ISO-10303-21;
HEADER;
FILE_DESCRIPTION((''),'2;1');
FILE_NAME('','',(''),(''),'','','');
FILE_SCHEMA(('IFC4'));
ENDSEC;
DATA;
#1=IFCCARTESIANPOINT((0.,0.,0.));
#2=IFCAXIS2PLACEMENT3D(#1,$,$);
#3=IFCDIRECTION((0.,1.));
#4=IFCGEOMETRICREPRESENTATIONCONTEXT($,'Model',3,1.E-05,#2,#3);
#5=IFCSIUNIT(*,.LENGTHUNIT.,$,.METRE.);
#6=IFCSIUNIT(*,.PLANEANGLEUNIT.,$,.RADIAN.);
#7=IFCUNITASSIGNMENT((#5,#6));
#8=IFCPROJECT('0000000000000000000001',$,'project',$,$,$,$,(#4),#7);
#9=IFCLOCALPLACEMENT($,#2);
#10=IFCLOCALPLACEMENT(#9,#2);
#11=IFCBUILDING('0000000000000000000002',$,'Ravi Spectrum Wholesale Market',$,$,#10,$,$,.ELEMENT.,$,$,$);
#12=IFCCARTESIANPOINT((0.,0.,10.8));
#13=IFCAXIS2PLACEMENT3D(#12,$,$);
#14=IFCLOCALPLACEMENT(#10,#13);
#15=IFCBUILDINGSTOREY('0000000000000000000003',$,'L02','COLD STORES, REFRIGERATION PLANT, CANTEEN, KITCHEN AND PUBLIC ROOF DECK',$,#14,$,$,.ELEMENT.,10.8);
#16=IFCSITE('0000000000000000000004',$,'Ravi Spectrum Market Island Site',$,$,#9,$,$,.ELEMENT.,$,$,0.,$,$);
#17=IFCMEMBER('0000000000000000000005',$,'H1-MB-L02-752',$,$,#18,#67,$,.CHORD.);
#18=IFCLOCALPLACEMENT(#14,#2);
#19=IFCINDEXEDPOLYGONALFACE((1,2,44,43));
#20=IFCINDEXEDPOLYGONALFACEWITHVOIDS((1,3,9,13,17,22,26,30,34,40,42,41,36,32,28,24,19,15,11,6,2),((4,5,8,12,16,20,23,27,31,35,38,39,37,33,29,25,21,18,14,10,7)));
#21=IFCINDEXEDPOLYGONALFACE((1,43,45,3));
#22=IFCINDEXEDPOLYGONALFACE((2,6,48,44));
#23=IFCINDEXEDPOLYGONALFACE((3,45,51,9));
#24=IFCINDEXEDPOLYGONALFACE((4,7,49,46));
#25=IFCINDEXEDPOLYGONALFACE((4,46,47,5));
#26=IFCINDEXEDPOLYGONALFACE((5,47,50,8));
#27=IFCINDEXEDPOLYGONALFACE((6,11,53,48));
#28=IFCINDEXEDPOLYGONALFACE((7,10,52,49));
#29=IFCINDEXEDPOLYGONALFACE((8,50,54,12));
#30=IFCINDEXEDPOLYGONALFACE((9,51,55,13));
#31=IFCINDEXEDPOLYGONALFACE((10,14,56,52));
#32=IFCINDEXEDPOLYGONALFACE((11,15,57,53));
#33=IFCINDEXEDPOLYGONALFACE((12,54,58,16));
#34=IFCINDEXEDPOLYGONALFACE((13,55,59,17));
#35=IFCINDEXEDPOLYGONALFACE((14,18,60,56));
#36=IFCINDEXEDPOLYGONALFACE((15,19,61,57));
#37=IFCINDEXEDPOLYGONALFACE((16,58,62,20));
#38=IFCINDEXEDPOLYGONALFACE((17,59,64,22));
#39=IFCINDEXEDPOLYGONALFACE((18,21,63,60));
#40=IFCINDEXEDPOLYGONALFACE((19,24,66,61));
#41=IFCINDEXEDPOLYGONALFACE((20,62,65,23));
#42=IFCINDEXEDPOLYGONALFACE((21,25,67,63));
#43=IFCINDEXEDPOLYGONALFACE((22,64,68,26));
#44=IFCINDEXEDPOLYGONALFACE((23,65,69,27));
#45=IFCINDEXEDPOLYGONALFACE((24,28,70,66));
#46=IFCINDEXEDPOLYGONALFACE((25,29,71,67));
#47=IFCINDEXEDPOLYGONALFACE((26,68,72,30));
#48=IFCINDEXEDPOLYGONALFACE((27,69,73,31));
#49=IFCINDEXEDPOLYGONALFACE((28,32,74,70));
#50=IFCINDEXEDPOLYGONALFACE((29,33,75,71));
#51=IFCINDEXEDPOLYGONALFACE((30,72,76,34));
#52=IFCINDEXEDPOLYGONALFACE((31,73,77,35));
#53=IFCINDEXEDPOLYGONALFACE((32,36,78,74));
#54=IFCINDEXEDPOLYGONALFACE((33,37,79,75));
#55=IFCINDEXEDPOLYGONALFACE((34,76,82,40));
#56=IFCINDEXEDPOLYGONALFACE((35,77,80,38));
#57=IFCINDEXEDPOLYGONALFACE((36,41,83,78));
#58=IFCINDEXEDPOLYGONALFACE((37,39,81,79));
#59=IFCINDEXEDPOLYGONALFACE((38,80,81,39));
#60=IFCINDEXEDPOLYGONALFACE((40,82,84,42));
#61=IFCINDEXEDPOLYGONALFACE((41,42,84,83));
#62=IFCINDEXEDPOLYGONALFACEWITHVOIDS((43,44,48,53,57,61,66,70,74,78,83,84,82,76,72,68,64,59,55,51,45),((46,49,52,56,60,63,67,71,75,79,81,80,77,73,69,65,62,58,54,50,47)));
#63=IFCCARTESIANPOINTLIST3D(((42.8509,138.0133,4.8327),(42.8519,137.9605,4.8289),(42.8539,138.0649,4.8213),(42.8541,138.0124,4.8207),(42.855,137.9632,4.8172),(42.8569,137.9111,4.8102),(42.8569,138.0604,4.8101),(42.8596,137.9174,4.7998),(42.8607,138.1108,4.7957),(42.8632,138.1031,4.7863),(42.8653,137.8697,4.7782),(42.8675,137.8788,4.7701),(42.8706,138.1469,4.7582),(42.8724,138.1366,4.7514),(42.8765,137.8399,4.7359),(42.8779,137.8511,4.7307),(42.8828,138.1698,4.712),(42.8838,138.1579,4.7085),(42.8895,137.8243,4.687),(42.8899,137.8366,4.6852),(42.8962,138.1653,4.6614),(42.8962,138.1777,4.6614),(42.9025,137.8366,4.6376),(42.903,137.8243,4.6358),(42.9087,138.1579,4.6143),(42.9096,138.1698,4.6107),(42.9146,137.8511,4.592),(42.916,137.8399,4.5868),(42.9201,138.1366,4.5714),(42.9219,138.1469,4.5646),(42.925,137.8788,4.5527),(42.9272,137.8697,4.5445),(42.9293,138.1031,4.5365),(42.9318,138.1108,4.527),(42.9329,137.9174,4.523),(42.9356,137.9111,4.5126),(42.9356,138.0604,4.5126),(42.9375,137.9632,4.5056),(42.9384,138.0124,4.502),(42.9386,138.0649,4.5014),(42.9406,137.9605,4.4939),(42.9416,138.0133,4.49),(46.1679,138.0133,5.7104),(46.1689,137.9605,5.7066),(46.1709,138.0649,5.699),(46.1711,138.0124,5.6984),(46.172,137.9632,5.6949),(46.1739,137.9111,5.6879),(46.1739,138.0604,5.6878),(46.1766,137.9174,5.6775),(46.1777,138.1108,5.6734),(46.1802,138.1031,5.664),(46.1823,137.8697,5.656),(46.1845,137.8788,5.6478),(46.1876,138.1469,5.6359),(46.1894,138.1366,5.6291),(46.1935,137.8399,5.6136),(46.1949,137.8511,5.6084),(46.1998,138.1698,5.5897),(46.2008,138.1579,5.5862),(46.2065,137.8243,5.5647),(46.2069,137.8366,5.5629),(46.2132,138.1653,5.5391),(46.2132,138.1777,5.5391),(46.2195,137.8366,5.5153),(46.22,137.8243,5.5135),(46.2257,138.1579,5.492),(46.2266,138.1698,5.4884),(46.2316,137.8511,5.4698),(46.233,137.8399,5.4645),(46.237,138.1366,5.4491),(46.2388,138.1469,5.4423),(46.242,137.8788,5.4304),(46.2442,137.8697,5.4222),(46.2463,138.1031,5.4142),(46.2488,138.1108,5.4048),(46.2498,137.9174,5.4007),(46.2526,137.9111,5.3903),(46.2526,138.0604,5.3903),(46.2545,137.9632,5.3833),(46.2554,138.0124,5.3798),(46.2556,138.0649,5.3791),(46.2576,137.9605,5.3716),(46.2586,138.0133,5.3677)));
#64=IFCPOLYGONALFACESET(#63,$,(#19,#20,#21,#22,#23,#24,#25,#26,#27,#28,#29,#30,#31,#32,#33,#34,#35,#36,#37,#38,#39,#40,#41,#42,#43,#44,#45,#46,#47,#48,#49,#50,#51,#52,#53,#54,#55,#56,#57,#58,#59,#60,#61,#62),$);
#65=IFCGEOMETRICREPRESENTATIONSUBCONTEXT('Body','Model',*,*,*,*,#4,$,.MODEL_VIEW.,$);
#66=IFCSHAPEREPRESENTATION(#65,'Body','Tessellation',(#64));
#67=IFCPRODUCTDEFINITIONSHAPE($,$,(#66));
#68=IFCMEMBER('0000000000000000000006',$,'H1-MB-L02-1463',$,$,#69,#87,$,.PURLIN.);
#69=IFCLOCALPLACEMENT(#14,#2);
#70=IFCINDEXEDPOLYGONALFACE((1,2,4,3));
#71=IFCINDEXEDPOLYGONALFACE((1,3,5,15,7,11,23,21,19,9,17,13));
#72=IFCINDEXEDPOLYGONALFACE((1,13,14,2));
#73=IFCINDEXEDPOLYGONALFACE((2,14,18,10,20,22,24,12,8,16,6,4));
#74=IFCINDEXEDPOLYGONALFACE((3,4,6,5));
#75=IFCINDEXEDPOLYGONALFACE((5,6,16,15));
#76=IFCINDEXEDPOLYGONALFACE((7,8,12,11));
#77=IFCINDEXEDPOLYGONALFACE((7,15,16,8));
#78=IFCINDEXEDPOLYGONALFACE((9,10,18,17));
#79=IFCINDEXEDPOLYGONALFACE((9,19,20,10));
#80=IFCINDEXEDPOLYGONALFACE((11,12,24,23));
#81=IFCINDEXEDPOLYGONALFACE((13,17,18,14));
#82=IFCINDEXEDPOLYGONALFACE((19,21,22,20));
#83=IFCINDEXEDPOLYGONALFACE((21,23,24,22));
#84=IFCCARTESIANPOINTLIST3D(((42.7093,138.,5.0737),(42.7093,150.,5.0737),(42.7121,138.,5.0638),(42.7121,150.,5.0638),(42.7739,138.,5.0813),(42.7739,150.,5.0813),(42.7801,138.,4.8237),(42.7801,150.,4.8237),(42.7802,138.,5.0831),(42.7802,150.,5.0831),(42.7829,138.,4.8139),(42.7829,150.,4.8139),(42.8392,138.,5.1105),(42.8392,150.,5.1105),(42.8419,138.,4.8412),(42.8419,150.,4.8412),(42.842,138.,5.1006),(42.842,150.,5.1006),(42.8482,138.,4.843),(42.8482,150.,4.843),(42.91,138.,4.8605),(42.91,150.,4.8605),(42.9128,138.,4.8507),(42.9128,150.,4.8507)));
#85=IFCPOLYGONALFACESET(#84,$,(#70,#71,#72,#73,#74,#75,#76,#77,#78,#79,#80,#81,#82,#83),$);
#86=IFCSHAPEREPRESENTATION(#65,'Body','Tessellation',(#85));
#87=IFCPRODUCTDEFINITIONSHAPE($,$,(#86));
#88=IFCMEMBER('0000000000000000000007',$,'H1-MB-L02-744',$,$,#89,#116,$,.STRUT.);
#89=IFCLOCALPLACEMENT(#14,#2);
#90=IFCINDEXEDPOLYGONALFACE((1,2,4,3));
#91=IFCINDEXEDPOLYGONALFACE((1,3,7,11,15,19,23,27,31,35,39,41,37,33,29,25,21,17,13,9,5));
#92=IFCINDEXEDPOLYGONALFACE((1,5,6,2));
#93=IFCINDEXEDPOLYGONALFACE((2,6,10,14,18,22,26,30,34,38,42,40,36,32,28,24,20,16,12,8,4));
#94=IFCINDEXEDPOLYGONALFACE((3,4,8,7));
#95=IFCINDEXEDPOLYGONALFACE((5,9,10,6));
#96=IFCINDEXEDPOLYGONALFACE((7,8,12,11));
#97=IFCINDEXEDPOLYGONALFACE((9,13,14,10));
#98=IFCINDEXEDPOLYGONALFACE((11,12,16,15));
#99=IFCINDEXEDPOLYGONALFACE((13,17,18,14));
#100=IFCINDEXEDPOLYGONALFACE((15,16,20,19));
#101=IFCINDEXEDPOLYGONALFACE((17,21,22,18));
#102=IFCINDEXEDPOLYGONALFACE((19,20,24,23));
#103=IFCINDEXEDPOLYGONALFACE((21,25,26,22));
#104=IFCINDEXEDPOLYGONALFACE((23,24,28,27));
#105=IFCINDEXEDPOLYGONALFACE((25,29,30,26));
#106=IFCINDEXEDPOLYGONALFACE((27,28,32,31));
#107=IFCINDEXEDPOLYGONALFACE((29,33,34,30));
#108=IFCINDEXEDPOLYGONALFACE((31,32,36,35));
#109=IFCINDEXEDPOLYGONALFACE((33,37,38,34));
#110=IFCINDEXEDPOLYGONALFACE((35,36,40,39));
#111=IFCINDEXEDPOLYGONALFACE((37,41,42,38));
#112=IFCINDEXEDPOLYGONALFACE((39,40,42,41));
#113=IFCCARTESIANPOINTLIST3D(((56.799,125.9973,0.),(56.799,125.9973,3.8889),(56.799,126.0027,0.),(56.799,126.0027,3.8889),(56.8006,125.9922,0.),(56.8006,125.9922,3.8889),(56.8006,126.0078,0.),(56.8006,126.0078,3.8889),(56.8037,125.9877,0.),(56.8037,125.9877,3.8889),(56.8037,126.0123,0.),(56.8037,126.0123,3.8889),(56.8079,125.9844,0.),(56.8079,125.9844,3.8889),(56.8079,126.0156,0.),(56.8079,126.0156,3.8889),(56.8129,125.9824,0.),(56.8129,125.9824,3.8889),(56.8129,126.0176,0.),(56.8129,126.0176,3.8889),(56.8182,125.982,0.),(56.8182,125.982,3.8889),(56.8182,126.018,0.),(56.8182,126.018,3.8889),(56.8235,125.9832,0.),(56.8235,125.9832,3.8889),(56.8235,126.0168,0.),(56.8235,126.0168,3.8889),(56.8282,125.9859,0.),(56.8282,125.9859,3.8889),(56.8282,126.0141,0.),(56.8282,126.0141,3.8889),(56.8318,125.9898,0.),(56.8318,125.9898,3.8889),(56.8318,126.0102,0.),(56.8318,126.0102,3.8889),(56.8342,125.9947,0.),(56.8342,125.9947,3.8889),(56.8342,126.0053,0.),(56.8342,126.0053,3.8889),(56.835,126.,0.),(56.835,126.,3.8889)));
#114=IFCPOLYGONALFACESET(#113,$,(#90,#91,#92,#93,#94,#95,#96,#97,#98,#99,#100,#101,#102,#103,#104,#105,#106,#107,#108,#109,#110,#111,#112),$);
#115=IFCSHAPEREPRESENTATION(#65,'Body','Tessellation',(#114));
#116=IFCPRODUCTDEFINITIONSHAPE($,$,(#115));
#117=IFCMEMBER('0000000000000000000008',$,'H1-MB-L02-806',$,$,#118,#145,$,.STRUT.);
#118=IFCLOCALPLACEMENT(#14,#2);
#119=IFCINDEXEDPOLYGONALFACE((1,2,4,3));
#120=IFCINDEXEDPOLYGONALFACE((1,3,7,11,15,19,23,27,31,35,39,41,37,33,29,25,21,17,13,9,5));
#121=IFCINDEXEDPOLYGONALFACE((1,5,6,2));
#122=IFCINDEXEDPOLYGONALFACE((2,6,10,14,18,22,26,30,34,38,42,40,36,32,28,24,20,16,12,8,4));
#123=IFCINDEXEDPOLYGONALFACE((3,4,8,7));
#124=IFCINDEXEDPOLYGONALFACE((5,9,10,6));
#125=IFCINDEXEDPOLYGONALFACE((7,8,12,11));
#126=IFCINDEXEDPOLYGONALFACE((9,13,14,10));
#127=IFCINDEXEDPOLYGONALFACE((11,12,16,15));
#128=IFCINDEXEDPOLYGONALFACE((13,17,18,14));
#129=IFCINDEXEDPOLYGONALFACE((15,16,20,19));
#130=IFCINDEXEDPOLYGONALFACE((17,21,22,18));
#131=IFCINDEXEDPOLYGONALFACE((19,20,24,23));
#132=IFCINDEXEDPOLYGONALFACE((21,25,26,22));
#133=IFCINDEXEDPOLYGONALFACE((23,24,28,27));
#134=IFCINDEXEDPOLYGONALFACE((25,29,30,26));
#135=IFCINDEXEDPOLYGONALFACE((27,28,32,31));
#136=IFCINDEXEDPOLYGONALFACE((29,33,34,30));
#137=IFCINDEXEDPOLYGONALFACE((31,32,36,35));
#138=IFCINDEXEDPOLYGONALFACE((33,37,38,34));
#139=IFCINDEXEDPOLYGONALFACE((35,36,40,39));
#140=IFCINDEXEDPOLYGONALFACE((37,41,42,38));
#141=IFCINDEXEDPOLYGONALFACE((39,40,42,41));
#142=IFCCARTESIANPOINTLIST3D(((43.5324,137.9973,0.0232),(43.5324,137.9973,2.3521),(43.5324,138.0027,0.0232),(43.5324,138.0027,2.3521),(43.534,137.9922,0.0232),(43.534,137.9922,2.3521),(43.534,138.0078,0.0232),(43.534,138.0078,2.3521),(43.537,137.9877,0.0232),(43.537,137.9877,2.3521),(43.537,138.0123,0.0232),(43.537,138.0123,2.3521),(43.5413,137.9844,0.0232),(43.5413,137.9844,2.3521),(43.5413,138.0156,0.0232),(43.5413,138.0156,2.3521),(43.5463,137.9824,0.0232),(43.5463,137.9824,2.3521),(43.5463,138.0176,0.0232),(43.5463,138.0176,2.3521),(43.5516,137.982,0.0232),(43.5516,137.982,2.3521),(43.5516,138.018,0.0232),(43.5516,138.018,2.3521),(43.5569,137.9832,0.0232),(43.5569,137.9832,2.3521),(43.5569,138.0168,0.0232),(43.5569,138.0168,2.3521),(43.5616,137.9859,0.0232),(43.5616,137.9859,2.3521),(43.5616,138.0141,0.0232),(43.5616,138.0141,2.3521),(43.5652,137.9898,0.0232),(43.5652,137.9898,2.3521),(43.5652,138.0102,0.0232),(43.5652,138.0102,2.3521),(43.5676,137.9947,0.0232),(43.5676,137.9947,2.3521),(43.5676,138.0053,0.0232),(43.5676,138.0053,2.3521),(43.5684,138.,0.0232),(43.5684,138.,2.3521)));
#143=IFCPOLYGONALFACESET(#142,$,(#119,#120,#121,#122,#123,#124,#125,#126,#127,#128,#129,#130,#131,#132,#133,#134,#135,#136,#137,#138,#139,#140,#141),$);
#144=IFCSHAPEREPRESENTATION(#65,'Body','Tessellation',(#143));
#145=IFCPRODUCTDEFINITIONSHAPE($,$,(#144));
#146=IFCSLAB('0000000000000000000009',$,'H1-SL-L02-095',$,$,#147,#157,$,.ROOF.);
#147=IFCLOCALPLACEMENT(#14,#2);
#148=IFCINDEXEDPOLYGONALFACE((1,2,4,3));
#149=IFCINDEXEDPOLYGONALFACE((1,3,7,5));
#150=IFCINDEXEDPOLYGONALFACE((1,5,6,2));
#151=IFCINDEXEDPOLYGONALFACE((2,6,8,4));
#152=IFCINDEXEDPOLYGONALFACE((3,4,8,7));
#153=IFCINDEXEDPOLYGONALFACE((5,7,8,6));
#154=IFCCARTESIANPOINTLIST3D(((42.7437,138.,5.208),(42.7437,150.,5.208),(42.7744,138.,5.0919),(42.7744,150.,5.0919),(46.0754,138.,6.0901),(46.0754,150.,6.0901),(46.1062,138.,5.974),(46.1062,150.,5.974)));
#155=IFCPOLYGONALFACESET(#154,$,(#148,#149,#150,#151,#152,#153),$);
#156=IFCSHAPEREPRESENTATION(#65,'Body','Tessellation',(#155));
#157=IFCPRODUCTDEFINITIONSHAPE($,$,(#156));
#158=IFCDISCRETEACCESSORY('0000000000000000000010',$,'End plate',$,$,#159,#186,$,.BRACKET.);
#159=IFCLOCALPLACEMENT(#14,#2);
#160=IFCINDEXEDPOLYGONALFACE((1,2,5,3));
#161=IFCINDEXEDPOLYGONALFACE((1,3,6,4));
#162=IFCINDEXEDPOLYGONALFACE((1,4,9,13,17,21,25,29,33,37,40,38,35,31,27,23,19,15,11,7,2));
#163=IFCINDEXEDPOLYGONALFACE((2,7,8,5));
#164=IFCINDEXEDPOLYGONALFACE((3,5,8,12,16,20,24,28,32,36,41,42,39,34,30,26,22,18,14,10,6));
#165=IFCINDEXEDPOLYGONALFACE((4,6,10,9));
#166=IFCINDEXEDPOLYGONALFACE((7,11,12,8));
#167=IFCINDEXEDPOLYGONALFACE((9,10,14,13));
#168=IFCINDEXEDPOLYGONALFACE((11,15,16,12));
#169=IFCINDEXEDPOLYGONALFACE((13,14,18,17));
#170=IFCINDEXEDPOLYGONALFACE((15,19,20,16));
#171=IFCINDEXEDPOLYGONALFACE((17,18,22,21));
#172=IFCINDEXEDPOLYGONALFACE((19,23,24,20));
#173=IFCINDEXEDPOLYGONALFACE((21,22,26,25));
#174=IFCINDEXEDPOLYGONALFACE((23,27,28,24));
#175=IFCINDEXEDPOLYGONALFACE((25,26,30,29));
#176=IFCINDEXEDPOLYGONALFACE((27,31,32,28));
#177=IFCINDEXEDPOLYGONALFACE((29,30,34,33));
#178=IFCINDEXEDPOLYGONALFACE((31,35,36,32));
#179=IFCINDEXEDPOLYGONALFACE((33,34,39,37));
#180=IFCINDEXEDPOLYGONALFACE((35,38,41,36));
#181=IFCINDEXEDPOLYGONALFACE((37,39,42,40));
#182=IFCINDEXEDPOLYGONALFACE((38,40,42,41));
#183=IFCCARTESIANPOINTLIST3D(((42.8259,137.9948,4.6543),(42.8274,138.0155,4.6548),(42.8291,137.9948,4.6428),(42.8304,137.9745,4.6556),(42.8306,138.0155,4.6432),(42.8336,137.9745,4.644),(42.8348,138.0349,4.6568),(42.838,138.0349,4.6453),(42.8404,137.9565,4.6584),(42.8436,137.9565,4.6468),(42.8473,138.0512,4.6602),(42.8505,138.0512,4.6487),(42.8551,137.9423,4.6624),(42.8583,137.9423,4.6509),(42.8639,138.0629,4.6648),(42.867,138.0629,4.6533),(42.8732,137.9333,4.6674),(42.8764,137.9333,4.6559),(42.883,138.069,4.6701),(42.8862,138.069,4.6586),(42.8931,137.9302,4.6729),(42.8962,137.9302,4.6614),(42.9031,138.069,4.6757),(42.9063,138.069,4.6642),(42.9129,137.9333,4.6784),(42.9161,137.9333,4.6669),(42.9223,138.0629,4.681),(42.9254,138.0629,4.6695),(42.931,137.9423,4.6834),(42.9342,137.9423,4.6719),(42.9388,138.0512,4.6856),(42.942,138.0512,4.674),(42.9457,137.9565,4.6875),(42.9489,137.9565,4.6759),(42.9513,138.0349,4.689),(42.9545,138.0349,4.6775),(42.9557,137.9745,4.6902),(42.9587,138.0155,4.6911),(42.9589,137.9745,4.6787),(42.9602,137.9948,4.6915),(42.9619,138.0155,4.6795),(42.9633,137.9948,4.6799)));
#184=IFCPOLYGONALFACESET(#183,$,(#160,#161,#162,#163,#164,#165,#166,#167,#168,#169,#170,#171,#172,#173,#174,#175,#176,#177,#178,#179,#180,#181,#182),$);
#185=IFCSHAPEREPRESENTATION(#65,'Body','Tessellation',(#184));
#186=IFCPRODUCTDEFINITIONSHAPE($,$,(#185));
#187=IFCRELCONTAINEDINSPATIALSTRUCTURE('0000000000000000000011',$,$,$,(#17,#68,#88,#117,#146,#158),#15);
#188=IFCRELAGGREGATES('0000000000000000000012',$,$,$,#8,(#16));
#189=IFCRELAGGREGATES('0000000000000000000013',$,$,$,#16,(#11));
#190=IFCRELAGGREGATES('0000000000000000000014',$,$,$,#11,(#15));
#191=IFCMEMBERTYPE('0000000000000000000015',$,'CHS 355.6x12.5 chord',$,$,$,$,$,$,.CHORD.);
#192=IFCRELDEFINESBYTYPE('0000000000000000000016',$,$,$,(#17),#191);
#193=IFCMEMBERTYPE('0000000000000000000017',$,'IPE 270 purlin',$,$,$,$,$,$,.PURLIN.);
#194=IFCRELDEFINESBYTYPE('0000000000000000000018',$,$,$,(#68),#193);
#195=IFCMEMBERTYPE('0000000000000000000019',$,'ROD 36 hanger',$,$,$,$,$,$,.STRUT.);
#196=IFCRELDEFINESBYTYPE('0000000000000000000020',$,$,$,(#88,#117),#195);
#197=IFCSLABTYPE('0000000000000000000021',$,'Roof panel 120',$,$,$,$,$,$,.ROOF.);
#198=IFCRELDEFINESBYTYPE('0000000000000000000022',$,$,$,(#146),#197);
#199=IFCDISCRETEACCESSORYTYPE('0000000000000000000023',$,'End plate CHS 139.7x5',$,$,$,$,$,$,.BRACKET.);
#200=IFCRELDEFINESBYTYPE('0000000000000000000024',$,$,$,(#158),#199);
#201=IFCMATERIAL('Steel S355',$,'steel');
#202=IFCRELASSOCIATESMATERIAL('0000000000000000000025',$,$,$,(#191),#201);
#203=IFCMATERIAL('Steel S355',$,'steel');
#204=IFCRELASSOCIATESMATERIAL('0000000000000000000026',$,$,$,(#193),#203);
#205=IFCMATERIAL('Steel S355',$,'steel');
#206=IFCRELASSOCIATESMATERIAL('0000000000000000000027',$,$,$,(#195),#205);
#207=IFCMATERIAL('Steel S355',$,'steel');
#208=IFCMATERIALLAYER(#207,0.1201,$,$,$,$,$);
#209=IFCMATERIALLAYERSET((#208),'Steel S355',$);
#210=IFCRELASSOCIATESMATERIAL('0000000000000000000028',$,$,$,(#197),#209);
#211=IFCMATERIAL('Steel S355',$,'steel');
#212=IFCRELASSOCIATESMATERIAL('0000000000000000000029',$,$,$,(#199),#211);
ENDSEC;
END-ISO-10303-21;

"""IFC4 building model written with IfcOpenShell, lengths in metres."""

from ifc_helpers import new_model, si_unit, direction, frame, origin, origin_2d, place, context, subcontext, project, spatial, polyline, circle, hollow_circle, i_section, outline, extrude, material, layer, layer_set, material_profile, profile_set, type_object, element, save


model = new_model("IFC4")

# Units and contexts
model_context = context("Model", 3, precision=1e-05, world=origin(), true_north=direction((0.0, 1.0)))
body_context = subcontext(model_context, "Body", "Model", "MODEL_VIEW")
ifc_project = project(units=[si_unit("LENGTHUNIT", "METRE"), si_unit("PLANEANGLEUNIT", "RADIAN")], contexts=[model_context])

# Site, building, storey
site_placement = place(None, origin())
site = spatial("IfcSite", under=ifc_project, at=site_placement, Name="Ravi Spectrum Market Island Site", CompositionType="ELEMENT", RefElevation=0.0)
building_placement = place(site_placement, origin())
building = spatial("IfcBuilding", under=site, at=building_placement, Name="Ravi Spectrum Wholesale Market", CompositionType="ELEMENT")
storey_placement = place(building_placement, frame((0.0, 0.0, 10.8)))
storey = spatial("IfcBuildingStorey", under=building, at=storey_placement, Name="L02", Description="COLD STORES, REFRIGERATION PLANT, CANTEEN, KITCHEN AND PUBLIC ROOF DECK", CompositionType="ELEMENT", Elevation=10.8)

# Members
ifc_material_1 = material(Name="Steel S355", Category="steel")
ifc_material_profile_1 = material_profile(ifc_material_1, hollow_circle(Radius=0.1777, WallThickness=0.0125, at=origin_2d()))
ifc_profile_set_1 = profile_set([ifc_material_profile_1], Name="Steel S355")
member_type_1 = type_object("IfcMemberType", Name="CHS 355.6x12.5 chord", PredefinedType="CHORD", material=ifc_profile_set_1)
member_1_placement = place(storey_placement, frame((42.8962, 138.0, 4.6614), z_axis=(0.966728, 0.0, 0.255807), x_axis=(0.0, 1.0, 0.0)))
element("IfcMember", 1, at=member_1_placement, inside=storey, type_object=member_type_1, Name="H1-MB-L02-752", PredefinedType="CHORD", context=body_context, shape_type="SweptSolid", body=[
    extrude(hollow_circle(Radius=0.1777, WallThickness=0.0125, at=origin_2d()), origin(), (0.0, 0.0, 1.0), 3.4312),
])
ifc_material_2 = material(Name="Steel S355", Category="steel")
ifc_material_profile_2 = material_profile(ifc_material_2, i_section(OverallWidth=0.135, OverallDepth=0.27, WebThickness=0.0066, FlangeThickness=0.0103, at=origin_2d()))
ifc_profile_set_2 = profile_set([ifc_material_profile_2], Name="Steel S355")
member_type_2 = type_object("IfcMemberType", Name="IPE 270 purlin", PredefinedType="PURLIN", material=ifc_profile_set_2)
member_2_placement = place(storey_placement, frame((42.811, 138.0, 4.9622), z_axis=(0.0, 1.0, 0.0), x_axis=(-0.962156, 0.0, -0.272499)))
element("IfcMember", 2, at=member_2_placement, inside=storey, type_object=member_type_2, Name="H1-MB-L02-1463", PredefinedType="PURLIN", context=body_context, shape_type="SweptSolid", body=[
    extrude(i_section(OverallWidth=0.135, OverallDepth=0.27, WebThickness=0.0066, FlangeThickness=0.0103, at=origin_2d()), origin(), (0.0, 0.0, 1.0), 12.0),
])
ifc_material_3 = material(Name="Steel S355", Category="steel")
ifc_material_profile_3 = material_profile(ifc_material_3, circle(Radius=0.0181, at=origin_2d()))
ifc_profile_set_3 = profile_set([ifc_material_profile_3], Name="Steel S355")
member_type_3 = type_object("IfcMemberType", Name="ROD 36 hanger", PredefinedType="STRUT", material=ifc_profile_set_3)
member_3_placement = place(storey_placement, frame((56.8169, 126.0, 0.0), z_axis=(0.0, 0.0, 1.0), x_axis=(1.0, 0.0, 0.0)))
element("IfcMember", 3, at=member_3_placement, inside=storey, type_object=member_type_3, Name="H1-MB-L02-744", PredefinedType="STRUT", context=body_context, shape_type="SweptSolid", body=[
    extrude(circle(Radius=0.0181, at=origin_2d()), origin(), (0.0, 0.0, 1.0), 3.8889),
])
member_4_placement = place(storey_placement, frame((43.5503, 138.0, 0.0232), z_axis=(0.0, 0.0, 1.0), x_axis=(1.0, 0.0, 0.0)))
element("IfcMember", 4, at=member_4_placement, inside=storey, type_object=member_type_3, Name="H1-MB-L02-806", PredefinedType="STRUT", context=body_context, shape_type="SweptSolid", body=[
    extrude(circle(Radius=0.0181, at=origin_2d()), origin(), (0.0, 0.0, 1.0), 2.3289),
])

# Slab
ifc_material_4 = material(Name="Steel S355", Category="steel")
ifc_layer = layer(ifc_material_4, 0.1201)
ifc_layer_set = layer_set([ifc_layer], Name="Steel S355")
slab_type = type_object("IfcSlabType", Name="Roof panel 120", PredefinedType="ROOF", material=ifc_layer_set)
slab_placement = place(storey_placement, frame((42.7437, 138.0, 5.208), z_axis=(-0.25593, 0.0, 0.966695), x_axis=(0.966695, 0.0, 0.25593)))
element("IfcSlab", 5, at=slab_placement, inside=storey, type_object=slab_type, Name="H1-SL-L02-095", PredefinedType="ROOF", context=body_context, shape_type="SweptSolid", body=[
    extrude(outline(polyline([(0.0, 0.0), (3.4466, 0.0), (3.4466, 12.0), (0.0, 12.0), (0.0, 0.0)])), origin(), (0.0, 0.0, -1.0), 0.1201),
])

# Discrete accessory
ifc_material_5 = material(Name="Steel S355", Category="steel")
ifc_material_profile_4 = material_profile(ifc_material_5, circle(Radius=0.0698, at=origin_2d()))
ifc_profile_set_4 = profile_set([ifc_material_profile_4], Name="Steel S355")
discrete_accessory_type_1 = type_object("IfcDiscreteAccessoryType", Name="End plate CHS 139.7x5", PredefinedType="BRACKET", material=ifc_profile_set_4)
discrete_accessory_placement = place(storey_placement, frame((42.8962, 138.0, 4.6614), z_axis=(-0.266586, 0.0, 0.963811), x_axis=(0.0, -1.0, 0.0)))
element("IfcDiscreteAccessory", 6, at=discrete_accessory_placement, inside=storey, type_object=discrete_accessory_type_1, Name="End plate", PredefinedType="BRACKET", context=body_context, shape_type="SweptSolid", body=[
    extrude(circle(Radius=0.0698, at=origin_2d()), origin(), (0.0, 0.0, 1.0), 0.012),
])

save(model, "model.ifc")
